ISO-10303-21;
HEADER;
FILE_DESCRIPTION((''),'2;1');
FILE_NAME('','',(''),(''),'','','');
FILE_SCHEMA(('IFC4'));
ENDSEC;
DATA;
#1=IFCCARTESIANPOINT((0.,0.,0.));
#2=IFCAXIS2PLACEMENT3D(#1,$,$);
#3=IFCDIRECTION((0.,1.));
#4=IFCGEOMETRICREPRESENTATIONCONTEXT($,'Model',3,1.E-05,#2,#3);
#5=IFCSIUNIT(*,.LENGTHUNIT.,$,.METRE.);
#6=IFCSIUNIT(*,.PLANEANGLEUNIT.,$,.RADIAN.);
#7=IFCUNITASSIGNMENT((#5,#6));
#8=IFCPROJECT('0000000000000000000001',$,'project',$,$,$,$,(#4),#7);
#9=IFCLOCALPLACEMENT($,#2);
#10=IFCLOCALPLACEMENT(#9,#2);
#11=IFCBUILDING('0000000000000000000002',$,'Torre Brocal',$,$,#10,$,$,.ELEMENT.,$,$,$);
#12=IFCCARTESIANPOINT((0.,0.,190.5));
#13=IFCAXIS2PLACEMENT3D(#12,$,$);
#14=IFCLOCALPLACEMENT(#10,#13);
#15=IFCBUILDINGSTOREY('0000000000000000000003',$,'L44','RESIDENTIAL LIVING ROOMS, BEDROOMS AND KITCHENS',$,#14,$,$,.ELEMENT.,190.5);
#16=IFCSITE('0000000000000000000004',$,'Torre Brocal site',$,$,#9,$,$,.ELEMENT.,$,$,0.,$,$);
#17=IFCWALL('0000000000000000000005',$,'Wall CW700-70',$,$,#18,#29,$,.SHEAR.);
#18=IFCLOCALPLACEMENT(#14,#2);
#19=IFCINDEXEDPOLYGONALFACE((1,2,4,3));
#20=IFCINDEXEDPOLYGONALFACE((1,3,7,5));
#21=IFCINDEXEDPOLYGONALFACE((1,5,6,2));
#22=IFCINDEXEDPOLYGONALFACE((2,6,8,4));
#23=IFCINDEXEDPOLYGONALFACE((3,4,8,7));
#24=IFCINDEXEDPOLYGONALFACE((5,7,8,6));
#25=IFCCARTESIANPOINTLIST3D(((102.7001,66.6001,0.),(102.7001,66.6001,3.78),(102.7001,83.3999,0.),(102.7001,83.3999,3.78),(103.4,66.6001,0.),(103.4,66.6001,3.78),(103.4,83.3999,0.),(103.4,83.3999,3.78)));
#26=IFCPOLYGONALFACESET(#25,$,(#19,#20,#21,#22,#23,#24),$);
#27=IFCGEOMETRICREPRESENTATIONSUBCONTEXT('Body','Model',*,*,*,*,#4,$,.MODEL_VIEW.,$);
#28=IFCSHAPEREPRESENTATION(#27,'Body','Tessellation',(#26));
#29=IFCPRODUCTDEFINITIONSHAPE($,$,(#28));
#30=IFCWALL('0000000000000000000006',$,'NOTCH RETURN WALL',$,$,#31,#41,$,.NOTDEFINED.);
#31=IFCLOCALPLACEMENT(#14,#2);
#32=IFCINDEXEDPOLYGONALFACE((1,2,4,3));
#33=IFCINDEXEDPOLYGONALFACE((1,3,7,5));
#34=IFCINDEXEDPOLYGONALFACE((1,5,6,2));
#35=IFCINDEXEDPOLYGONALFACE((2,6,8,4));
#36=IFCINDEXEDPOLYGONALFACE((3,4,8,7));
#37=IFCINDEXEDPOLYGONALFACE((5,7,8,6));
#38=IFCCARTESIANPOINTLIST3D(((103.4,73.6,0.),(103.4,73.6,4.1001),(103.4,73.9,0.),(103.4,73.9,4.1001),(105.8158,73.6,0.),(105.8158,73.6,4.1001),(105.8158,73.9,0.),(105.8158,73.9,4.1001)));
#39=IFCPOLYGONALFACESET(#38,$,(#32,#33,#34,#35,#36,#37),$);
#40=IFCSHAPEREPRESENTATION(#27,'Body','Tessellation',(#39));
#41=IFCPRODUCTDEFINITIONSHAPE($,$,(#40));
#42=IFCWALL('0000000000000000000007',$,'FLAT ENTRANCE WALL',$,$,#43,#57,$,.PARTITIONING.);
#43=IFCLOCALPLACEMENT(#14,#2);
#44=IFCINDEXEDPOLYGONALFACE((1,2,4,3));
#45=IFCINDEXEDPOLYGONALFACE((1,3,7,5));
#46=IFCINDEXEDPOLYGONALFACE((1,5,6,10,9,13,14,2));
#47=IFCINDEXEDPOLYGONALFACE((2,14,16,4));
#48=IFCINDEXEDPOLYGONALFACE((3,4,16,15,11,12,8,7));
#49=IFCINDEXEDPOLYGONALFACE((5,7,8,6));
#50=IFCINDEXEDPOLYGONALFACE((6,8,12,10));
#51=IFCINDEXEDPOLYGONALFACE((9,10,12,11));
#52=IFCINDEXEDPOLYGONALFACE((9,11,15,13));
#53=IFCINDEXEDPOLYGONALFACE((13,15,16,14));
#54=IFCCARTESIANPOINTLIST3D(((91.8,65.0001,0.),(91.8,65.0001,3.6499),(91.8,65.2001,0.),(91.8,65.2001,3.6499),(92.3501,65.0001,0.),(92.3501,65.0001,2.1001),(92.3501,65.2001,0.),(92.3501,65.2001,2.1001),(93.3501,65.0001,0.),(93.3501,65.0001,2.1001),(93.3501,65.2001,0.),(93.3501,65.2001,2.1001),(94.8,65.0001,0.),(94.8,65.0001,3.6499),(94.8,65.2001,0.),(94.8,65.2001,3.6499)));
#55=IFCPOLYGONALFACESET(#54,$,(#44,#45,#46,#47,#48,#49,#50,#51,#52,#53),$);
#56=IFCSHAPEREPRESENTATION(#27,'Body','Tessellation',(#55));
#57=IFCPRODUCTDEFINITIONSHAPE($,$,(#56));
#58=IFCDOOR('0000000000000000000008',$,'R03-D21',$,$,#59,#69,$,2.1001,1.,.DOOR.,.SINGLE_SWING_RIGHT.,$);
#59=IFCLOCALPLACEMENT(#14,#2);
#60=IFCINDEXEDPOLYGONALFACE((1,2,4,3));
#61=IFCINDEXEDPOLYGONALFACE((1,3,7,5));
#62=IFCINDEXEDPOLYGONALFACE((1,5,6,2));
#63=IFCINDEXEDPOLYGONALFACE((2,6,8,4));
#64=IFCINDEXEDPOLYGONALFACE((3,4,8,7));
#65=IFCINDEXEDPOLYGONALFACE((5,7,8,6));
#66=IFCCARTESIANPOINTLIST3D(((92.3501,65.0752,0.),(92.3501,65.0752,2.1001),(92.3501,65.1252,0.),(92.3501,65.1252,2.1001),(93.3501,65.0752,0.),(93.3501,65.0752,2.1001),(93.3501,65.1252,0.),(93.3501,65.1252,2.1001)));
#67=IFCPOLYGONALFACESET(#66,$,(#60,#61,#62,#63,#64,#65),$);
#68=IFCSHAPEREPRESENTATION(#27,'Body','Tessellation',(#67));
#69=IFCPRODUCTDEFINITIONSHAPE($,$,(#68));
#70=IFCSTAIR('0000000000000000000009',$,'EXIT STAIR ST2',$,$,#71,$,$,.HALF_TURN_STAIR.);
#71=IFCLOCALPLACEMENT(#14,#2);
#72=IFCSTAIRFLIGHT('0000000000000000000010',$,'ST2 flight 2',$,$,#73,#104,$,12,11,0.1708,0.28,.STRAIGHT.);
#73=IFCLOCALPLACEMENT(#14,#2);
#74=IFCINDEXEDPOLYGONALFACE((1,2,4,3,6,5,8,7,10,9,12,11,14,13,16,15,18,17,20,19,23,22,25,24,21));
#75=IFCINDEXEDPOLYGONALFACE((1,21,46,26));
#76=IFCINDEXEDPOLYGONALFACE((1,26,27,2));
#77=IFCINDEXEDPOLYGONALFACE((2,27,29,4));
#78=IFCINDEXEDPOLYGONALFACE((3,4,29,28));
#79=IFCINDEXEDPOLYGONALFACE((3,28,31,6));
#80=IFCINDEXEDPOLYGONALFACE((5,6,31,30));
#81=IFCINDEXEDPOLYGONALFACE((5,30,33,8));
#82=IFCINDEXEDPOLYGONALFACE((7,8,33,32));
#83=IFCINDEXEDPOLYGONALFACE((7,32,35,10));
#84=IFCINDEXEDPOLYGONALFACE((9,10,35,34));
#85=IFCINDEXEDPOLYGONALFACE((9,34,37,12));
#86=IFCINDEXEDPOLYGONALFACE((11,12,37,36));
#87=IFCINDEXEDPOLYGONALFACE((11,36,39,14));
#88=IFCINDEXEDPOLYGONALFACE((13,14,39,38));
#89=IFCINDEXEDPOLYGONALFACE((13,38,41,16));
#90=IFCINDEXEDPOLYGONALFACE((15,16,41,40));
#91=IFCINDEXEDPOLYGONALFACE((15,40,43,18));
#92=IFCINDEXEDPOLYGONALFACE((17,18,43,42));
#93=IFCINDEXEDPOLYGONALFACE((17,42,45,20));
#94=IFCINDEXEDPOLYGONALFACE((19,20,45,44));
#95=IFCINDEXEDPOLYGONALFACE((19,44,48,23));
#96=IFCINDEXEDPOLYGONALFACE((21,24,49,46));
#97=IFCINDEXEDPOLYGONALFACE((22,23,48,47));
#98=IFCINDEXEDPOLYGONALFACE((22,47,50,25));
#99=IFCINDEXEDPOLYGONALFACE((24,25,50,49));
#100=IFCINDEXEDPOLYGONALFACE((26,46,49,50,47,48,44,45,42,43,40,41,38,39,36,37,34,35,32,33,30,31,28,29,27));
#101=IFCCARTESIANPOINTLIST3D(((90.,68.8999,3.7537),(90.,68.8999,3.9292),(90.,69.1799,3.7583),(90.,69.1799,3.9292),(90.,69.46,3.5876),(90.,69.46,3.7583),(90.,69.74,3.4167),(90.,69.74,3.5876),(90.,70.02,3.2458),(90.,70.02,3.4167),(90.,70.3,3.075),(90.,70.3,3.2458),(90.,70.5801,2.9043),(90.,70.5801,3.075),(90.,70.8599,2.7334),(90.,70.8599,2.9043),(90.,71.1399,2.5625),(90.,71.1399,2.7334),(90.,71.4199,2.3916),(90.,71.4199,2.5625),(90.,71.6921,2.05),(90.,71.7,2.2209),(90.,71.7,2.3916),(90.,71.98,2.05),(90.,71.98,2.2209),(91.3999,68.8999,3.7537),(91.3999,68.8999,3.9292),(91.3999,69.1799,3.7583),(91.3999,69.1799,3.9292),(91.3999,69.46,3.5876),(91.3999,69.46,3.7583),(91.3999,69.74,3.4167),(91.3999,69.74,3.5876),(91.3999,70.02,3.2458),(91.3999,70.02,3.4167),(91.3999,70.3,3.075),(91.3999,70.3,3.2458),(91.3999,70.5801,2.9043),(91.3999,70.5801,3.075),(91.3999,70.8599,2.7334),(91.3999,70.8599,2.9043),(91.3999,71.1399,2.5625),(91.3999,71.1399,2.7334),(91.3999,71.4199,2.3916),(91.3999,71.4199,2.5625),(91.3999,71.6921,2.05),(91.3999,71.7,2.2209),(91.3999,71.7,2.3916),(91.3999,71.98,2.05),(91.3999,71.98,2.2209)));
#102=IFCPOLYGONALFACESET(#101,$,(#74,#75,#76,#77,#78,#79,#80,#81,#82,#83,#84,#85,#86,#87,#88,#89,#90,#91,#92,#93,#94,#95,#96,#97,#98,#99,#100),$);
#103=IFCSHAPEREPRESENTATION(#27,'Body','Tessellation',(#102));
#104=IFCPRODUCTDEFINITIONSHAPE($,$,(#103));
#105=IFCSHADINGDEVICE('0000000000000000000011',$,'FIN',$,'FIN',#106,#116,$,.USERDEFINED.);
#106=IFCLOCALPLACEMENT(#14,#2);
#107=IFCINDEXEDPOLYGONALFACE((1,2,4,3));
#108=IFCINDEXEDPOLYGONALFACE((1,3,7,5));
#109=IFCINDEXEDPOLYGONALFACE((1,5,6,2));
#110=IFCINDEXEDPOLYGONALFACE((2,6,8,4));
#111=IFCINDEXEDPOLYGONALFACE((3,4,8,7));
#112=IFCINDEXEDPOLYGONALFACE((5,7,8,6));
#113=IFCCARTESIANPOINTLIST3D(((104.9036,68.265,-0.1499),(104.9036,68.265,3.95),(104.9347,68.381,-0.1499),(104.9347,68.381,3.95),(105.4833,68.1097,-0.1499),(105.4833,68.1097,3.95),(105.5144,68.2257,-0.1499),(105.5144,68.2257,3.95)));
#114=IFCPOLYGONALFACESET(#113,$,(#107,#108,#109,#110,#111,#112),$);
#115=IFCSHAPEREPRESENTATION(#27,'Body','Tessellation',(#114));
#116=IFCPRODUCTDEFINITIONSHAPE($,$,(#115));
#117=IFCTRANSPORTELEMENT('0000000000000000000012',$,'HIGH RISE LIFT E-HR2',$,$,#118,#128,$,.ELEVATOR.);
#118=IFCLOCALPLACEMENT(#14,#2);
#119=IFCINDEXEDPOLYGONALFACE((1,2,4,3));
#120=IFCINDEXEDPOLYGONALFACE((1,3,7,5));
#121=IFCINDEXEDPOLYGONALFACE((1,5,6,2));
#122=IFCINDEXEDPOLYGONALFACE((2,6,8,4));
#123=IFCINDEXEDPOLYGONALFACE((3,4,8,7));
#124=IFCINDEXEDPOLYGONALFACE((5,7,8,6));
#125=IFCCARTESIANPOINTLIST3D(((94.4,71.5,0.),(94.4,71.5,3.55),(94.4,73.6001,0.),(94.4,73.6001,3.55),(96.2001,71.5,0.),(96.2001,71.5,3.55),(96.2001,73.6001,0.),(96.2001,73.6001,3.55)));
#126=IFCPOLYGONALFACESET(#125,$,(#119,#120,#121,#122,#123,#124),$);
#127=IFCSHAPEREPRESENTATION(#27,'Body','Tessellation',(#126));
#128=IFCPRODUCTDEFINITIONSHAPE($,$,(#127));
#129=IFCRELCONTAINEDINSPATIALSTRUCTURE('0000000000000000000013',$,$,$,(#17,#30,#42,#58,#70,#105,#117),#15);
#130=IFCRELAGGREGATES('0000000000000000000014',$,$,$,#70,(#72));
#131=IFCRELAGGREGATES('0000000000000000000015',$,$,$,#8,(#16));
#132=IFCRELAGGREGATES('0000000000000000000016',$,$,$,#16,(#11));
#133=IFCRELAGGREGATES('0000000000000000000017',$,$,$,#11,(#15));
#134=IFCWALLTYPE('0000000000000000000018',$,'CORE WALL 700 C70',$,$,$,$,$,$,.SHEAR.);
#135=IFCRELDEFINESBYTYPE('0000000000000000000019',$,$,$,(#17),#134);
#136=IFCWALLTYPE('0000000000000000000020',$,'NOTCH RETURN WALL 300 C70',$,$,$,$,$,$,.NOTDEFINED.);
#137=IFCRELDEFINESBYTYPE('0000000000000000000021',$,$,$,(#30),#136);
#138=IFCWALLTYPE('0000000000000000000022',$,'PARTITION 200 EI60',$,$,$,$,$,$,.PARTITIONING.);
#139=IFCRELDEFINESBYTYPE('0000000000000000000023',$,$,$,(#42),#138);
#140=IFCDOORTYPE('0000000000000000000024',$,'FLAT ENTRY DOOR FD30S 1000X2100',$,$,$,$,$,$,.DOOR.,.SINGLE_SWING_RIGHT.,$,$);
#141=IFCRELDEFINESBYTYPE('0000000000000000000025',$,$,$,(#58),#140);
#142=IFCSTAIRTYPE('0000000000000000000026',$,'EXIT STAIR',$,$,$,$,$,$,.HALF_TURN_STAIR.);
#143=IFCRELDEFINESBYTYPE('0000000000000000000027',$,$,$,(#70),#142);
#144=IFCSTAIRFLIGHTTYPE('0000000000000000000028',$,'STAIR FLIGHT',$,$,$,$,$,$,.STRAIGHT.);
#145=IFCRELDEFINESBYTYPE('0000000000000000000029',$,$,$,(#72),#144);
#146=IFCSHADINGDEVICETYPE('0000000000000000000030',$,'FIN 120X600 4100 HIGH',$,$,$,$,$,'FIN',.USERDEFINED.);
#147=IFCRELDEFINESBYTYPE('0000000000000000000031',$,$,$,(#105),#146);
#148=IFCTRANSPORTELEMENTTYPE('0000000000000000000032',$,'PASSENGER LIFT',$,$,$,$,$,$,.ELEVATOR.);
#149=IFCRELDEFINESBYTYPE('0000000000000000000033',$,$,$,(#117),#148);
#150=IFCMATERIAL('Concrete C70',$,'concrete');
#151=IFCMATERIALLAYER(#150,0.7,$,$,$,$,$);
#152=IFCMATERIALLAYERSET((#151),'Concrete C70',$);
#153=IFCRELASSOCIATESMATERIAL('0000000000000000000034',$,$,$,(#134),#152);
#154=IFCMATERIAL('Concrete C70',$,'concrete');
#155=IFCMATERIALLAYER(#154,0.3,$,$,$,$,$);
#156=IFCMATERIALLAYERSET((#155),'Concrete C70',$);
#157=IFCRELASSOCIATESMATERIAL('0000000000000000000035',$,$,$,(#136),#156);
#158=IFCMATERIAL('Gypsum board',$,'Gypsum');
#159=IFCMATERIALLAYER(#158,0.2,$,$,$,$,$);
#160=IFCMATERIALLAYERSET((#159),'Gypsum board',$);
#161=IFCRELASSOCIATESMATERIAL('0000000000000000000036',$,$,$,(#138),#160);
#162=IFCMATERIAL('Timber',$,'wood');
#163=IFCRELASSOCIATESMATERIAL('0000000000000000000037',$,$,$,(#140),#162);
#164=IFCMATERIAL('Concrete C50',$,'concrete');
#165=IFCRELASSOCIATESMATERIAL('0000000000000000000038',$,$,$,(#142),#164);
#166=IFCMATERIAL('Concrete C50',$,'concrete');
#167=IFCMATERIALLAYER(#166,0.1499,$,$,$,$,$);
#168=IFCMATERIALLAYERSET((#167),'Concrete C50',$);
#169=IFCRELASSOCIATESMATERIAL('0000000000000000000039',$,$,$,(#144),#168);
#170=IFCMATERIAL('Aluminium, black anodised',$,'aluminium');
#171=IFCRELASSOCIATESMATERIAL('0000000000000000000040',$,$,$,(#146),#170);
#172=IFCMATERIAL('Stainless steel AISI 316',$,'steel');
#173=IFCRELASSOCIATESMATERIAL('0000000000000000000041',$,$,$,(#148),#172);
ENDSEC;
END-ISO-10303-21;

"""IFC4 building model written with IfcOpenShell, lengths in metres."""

from ifc_helpers import new_model, si_unit, direction, frame, frame_2d, origin, origin_2d, place, context, subcontext, project, spatial, polyline, rectangle, outline, extrude, material, layer, layer_set, material_profile, profile_set, type_object, element, fill, aggregate, save


model = new_model("IFC4")

# Units and contexts
model_context = context("Model", 3, precision=1e-05, world=origin(), true_north=direction((0.0, 1.0)))
body_context = subcontext(model_context, "Body", "Model", "MODEL_VIEW")
ifc_project = project(units=[si_unit("LENGTHUNIT", "METRE"), si_unit("PLANEANGLEUNIT", "RADIAN")], contexts=[model_context])

# Site, building, storey
site_placement = place(None, origin())
site = spatial("IfcSite", under=ifc_project, at=site_placement, Name="Torre Brocal site", CompositionType="ELEMENT", RefElevation=0.0)
building_placement = place(site_placement, origin())
building = spatial("IfcBuilding", under=site, at=building_placement, Name="Torre Brocal", CompositionType="ELEMENT")
storey_placement = place(building_placement, frame((0.0, 0.0, 190.5)))
storey = spatial("IfcBuildingStorey", under=building, at=storey_placement, Name="L44", Description="RESIDENTIAL LIVING ROOMS, BEDROOMS AND KITCHENS", CompositionType="ELEMENT", Elevation=190.5)

# Walls
ifc_material_1 = material(Name="Concrete C70", Category="concrete")
ifc_layer_1 = layer(ifc_material_1, 0.7)
ifc_layer_set_1 = layer_set([ifc_layer_1], Name="Concrete C70")
wall_type_1 = type_object("IfcWallType", Name="CORE WALL 700 C70", PredefinedType="SHEAR", material=ifc_layer_set_1)
wall_1_placement = place(storey_placement, frame((103.05, 66.6001, 0.0), z_axis=(0.0, 0.0, 1.0), x_axis=(0.0, 1.0, 0.0)))
element("IfcWall", 1, at=wall_1_placement, inside=storey, type_object=wall_type_1, Name="Wall CW700-70", PredefinedType="SHEAR", context=body_context, shape_type="SweptSolid", body=[
    extrude(rectangle(XDim=16.7998, YDim=0.7, at=frame_2d((8.3999, 0.0))), origin(), (0.0, 0.0, 1.0), 3.78),
])
ifc_material_2 = material(Name="Concrete C70", Category="concrete")
ifc_layer_2 = layer(ifc_material_2, 0.3)
ifc_layer_set_2 = layer_set([ifc_layer_2], Name="Concrete C70")
wall_type_2 = type_object("IfcWallType", Name="NOTCH RETURN WALL 300 C70", PredefinedType="NOTDEFINED", material=ifc_layer_set_2)
wall_2_placement = place(storey_placement, frame((103.3999, 73.75, 0.0), z_axis=(0.0, 0.0, 1.0), x_axis=(1.0, 0.0, 0.0)))
element("IfcWall", 2, at=wall_2_placement, inside=storey, type_object=wall_type_2, Name="NOTCH RETURN WALL", PredefinedType="NOTDEFINED", context=body_context, shape_type="SweptSolid", body=[
    extrude(rectangle(XDim=2.4158, YDim=0.3, at=frame_2d((1.208, 0.0))), origin(), (0.0, 0.0, 1.0), 4.1001),
])

# Wall, opening, door
ifc_material_3 = material(Name="Gypsum board", Category="Gypsum")
ifc_layer_3 = layer(ifc_material_3, 0.2)
ifc_layer_set_3 = layer_set([ifc_layer_3], Name="Gypsum board")
wall_type_3 = type_object("IfcWallType", Name="PARTITION 200 EI60", PredefinedType="PARTITIONING", material=ifc_layer_set_3)
wall_3_placement = place(storey_placement, frame((91.8, 65.1001, 0.0), z_axis=(0.0, 0.0, 1.0), x_axis=(1.0, 0.0, 0.0)))
wall_3 = element("IfcWall", 3, at=wall_3_placement, inside=storey, type_object=wall_type_3, Name="FLAT ENTRANCE WALL", PredefinedType="PARTITIONING", context=body_context, shape_type="SweptSolid", body=[
    extrude(rectangle(XDim=3.0, YDim=0.2, at=frame_2d((1.5, 0.0))), origin(), (0.0, 0.0, 1.0), 3.6499),
])
opening_1_placement = place(wall_3_placement, frame((0.55, 0.0, 0.0)))
opening_1 = element("IfcOpeningElement", 4, at=opening_1_placement, cuts=wall_3, PredefinedType="OPENING", context=body_context, shape_type="SweptSolid", body=[
    extrude(rectangle(XDim=1.0, YDim=2.1001, at=frame_2d((0.5, 1.05))), frame((0.0, 0.1099, 0.0), z_axis=(0.0, -1.0, 0.0), x_axis=(1.0, 0.0, 0.0)), (0.0, 0.0, 1.0), 0.22),
])
ifc_material_4 = material(Name="Timber", Category="wood")
door_type_1 = type_object("IfcDoorType", Name="FLAT ENTRY DOOR FD30S 1000X2100", OperationType="SINGLE_SWING_RIGHT", PredefinedType="DOOR", material=ifc_material_4)
door_1_placement = place(opening_1_placement, frame((1.0, 0.0, 0.0), z_axis=(0.0, 0.0, 1.0), x_axis=(-1.0, 0.0, 0.0)))
door_1 = element("IfcDoor", 5, at=door_1_placement, inside=storey, type_object=door_type_1, Name="R03-D21", OperationType="SINGLE_SWING_RIGHT", OverallHeight=2.1001, OverallWidth=1.0, PredefinedType="DOOR", context=body_context, shape_type="SweptSolid", body=[
    extrude(rectangle(XDim=1.0, YDim=2.1001, at=frame_2d((0.5, 1.05))), frame((0.0, 0.0249, 0.0), z_axis=(0.0, -1.0, 0.0), x_axis=(1.0, 0.0, 0.0)), (0.0, 0.0, 1.0), 0.05),
])
fill(opening_1, door_1)

# Stair, stair flight
ifc_material_5 = material(Name="Concrete C50", Category="concrete")
stair_type = type_object("IfcStairType", Name="EXIT STAIR", PredefinedType="HALF_TURN_STAIR", material=ifc_material_5)
stair_placement = place(storey_placement, origin())
stair = element("IfcStair", 6, at=stair_placement, inside=storey, type_object=stair_type, Name="EXIT STAIR ST2", PredefinedType="HALF_TURN_STAIR")
ifc_material_6 = material(Name="Concrete C50", Category="concrete")
ifc_layer_4 = layer(ifc_material_6, 0.1499)
ifc_layer_set_4 = layer_set([ifc_layer_4], Name="Concrete C50")
stair_flight_type = type_object("IfcStairFlightType", Name="STAIR FLIGHT", PredefinedType="STRAIGHT", material=ifc_layer_set_4)
stair_flight_placement = place(storey_placement, frame((90.7, 71.98, 2.05), z_axis=(0.0, 0.0, 1.0), x_axis=(0.0, -1.0, 0.0)))
stair_flight = element("IfcStairFlight", 7, at=stair_flight_placement, type_object=stair_flight_type, Name="ST2 flight 2", NumberOfRisers=12, NumberOfTreads=11, PredefinedType="STRAIGHT", RiserHeight=0.1708, TreadLength=0.28, context=body_context, shape_type="SweptSolid", body=[
    extrude(outline(polyline([(0.0, 0.0), (0.0, 0.1709), (0.28, 0.1709), (0.28, 0.3416), (0.5601, 0.3416), (0.5601, 0.5125), (0.8401, 0.5125), (0.8401, 0.6833), (1.1201, 0.6833), (1.1201, 0.8542), (1.3999, 0.8542), (1.3999, 1.0249), (1.6799, 1.0249), (1.6799, 1.1958), (1.96, 1.1958), (1.96, 1.3667), (2.24, 1.3667), (2.24, 1.5376), (2.52, 1.5376), (2.52, 1.7083), (2.8, 1.7083), (2.8, 1.8792), (3.0801, 1.8792), (3.0801, 2.05), (3.0801, 1.7036), (0.2878, 0.0), (0.0, 0.0)])), frame((0.0, 0.7, 0.0), z_axis=(0.0, -1.0, 0.0), x_axis=(1.0, 0.0, 0.0)), (0.0, 0.0, 1.0), 1.3999),
])
aggregate(stair, [stair_flight])

# Shading device
ifc_material_7 = material(Name="Aluminium, black anodised", Category="aluminium")
ifc_material_profile_1 = material_profile(ifc_material_7, rectangle(XDim=0.1201, YDim=0.6001, at=origin_2d()), Name="FIN 120X600 4100 HIGH")
ifc_profile_set_1 = profile_set([ifc_material_profile_1], Name="Aluminium, black anodised")
shading_device_type = type_object("IfcShadingDeviceType", Name="FIN 120X600 4100 HIGH", ElementType="FIN", PredefinedType="USERDEFINED", material=ifc_profile_set_1)
shading_device_placement = place(storey_placement, frame((105.209, 68.2454, -0.1499), z_axis=(0.0, 0.0, 1.0), x_axis=(0.258819, 0.965926, 0.0)))
element("IfcShadingDevice", 8, at=shading_device_placement, inside=storey, type_object=shading_device_type, Name="FIN", ObjectType="FIN", PredefinedType="USERDEFINED", context=body_context, shape_type="SweptSolid", body=[
    extrude(rectangle(XDim=0.1201, YDim=0.6001, at=origin_2d()), origin(), (0.0, 0.0, 1.0), 4.0999),
])

# Transport element
ifc_material_8 = material(Name="Stainless steel AISI 316", Category="steel")
transport_element_type = type_object("IfcTransportElementType", Name="PASSENGER LIFT", PredefinedType="ELEVATOR", material=ifc_material_8)
transport_element_placement = place(storey_placement, frame((95.3, 72.55, 0.0), z_axis=(0.0, 0.0, 1.0), x_axis=(1.0, 0.0, 0.0)))
element("IfcTransportElement", 9, at=transport_element_placement, inside=storey, type_object=transport_element_type, Name="HIGH RISE LIFT E-HR2", PredefinedType="ELEVATOR", context=body_context, shape_type="SweptSolid", body=[
    extrude(rectangle(XDim=1.8, YDim=2.1001, at=origin_2d()), origin(), (0.0, 0.0, 1.0), 3.55),
])

save(model, "model.ifc")
